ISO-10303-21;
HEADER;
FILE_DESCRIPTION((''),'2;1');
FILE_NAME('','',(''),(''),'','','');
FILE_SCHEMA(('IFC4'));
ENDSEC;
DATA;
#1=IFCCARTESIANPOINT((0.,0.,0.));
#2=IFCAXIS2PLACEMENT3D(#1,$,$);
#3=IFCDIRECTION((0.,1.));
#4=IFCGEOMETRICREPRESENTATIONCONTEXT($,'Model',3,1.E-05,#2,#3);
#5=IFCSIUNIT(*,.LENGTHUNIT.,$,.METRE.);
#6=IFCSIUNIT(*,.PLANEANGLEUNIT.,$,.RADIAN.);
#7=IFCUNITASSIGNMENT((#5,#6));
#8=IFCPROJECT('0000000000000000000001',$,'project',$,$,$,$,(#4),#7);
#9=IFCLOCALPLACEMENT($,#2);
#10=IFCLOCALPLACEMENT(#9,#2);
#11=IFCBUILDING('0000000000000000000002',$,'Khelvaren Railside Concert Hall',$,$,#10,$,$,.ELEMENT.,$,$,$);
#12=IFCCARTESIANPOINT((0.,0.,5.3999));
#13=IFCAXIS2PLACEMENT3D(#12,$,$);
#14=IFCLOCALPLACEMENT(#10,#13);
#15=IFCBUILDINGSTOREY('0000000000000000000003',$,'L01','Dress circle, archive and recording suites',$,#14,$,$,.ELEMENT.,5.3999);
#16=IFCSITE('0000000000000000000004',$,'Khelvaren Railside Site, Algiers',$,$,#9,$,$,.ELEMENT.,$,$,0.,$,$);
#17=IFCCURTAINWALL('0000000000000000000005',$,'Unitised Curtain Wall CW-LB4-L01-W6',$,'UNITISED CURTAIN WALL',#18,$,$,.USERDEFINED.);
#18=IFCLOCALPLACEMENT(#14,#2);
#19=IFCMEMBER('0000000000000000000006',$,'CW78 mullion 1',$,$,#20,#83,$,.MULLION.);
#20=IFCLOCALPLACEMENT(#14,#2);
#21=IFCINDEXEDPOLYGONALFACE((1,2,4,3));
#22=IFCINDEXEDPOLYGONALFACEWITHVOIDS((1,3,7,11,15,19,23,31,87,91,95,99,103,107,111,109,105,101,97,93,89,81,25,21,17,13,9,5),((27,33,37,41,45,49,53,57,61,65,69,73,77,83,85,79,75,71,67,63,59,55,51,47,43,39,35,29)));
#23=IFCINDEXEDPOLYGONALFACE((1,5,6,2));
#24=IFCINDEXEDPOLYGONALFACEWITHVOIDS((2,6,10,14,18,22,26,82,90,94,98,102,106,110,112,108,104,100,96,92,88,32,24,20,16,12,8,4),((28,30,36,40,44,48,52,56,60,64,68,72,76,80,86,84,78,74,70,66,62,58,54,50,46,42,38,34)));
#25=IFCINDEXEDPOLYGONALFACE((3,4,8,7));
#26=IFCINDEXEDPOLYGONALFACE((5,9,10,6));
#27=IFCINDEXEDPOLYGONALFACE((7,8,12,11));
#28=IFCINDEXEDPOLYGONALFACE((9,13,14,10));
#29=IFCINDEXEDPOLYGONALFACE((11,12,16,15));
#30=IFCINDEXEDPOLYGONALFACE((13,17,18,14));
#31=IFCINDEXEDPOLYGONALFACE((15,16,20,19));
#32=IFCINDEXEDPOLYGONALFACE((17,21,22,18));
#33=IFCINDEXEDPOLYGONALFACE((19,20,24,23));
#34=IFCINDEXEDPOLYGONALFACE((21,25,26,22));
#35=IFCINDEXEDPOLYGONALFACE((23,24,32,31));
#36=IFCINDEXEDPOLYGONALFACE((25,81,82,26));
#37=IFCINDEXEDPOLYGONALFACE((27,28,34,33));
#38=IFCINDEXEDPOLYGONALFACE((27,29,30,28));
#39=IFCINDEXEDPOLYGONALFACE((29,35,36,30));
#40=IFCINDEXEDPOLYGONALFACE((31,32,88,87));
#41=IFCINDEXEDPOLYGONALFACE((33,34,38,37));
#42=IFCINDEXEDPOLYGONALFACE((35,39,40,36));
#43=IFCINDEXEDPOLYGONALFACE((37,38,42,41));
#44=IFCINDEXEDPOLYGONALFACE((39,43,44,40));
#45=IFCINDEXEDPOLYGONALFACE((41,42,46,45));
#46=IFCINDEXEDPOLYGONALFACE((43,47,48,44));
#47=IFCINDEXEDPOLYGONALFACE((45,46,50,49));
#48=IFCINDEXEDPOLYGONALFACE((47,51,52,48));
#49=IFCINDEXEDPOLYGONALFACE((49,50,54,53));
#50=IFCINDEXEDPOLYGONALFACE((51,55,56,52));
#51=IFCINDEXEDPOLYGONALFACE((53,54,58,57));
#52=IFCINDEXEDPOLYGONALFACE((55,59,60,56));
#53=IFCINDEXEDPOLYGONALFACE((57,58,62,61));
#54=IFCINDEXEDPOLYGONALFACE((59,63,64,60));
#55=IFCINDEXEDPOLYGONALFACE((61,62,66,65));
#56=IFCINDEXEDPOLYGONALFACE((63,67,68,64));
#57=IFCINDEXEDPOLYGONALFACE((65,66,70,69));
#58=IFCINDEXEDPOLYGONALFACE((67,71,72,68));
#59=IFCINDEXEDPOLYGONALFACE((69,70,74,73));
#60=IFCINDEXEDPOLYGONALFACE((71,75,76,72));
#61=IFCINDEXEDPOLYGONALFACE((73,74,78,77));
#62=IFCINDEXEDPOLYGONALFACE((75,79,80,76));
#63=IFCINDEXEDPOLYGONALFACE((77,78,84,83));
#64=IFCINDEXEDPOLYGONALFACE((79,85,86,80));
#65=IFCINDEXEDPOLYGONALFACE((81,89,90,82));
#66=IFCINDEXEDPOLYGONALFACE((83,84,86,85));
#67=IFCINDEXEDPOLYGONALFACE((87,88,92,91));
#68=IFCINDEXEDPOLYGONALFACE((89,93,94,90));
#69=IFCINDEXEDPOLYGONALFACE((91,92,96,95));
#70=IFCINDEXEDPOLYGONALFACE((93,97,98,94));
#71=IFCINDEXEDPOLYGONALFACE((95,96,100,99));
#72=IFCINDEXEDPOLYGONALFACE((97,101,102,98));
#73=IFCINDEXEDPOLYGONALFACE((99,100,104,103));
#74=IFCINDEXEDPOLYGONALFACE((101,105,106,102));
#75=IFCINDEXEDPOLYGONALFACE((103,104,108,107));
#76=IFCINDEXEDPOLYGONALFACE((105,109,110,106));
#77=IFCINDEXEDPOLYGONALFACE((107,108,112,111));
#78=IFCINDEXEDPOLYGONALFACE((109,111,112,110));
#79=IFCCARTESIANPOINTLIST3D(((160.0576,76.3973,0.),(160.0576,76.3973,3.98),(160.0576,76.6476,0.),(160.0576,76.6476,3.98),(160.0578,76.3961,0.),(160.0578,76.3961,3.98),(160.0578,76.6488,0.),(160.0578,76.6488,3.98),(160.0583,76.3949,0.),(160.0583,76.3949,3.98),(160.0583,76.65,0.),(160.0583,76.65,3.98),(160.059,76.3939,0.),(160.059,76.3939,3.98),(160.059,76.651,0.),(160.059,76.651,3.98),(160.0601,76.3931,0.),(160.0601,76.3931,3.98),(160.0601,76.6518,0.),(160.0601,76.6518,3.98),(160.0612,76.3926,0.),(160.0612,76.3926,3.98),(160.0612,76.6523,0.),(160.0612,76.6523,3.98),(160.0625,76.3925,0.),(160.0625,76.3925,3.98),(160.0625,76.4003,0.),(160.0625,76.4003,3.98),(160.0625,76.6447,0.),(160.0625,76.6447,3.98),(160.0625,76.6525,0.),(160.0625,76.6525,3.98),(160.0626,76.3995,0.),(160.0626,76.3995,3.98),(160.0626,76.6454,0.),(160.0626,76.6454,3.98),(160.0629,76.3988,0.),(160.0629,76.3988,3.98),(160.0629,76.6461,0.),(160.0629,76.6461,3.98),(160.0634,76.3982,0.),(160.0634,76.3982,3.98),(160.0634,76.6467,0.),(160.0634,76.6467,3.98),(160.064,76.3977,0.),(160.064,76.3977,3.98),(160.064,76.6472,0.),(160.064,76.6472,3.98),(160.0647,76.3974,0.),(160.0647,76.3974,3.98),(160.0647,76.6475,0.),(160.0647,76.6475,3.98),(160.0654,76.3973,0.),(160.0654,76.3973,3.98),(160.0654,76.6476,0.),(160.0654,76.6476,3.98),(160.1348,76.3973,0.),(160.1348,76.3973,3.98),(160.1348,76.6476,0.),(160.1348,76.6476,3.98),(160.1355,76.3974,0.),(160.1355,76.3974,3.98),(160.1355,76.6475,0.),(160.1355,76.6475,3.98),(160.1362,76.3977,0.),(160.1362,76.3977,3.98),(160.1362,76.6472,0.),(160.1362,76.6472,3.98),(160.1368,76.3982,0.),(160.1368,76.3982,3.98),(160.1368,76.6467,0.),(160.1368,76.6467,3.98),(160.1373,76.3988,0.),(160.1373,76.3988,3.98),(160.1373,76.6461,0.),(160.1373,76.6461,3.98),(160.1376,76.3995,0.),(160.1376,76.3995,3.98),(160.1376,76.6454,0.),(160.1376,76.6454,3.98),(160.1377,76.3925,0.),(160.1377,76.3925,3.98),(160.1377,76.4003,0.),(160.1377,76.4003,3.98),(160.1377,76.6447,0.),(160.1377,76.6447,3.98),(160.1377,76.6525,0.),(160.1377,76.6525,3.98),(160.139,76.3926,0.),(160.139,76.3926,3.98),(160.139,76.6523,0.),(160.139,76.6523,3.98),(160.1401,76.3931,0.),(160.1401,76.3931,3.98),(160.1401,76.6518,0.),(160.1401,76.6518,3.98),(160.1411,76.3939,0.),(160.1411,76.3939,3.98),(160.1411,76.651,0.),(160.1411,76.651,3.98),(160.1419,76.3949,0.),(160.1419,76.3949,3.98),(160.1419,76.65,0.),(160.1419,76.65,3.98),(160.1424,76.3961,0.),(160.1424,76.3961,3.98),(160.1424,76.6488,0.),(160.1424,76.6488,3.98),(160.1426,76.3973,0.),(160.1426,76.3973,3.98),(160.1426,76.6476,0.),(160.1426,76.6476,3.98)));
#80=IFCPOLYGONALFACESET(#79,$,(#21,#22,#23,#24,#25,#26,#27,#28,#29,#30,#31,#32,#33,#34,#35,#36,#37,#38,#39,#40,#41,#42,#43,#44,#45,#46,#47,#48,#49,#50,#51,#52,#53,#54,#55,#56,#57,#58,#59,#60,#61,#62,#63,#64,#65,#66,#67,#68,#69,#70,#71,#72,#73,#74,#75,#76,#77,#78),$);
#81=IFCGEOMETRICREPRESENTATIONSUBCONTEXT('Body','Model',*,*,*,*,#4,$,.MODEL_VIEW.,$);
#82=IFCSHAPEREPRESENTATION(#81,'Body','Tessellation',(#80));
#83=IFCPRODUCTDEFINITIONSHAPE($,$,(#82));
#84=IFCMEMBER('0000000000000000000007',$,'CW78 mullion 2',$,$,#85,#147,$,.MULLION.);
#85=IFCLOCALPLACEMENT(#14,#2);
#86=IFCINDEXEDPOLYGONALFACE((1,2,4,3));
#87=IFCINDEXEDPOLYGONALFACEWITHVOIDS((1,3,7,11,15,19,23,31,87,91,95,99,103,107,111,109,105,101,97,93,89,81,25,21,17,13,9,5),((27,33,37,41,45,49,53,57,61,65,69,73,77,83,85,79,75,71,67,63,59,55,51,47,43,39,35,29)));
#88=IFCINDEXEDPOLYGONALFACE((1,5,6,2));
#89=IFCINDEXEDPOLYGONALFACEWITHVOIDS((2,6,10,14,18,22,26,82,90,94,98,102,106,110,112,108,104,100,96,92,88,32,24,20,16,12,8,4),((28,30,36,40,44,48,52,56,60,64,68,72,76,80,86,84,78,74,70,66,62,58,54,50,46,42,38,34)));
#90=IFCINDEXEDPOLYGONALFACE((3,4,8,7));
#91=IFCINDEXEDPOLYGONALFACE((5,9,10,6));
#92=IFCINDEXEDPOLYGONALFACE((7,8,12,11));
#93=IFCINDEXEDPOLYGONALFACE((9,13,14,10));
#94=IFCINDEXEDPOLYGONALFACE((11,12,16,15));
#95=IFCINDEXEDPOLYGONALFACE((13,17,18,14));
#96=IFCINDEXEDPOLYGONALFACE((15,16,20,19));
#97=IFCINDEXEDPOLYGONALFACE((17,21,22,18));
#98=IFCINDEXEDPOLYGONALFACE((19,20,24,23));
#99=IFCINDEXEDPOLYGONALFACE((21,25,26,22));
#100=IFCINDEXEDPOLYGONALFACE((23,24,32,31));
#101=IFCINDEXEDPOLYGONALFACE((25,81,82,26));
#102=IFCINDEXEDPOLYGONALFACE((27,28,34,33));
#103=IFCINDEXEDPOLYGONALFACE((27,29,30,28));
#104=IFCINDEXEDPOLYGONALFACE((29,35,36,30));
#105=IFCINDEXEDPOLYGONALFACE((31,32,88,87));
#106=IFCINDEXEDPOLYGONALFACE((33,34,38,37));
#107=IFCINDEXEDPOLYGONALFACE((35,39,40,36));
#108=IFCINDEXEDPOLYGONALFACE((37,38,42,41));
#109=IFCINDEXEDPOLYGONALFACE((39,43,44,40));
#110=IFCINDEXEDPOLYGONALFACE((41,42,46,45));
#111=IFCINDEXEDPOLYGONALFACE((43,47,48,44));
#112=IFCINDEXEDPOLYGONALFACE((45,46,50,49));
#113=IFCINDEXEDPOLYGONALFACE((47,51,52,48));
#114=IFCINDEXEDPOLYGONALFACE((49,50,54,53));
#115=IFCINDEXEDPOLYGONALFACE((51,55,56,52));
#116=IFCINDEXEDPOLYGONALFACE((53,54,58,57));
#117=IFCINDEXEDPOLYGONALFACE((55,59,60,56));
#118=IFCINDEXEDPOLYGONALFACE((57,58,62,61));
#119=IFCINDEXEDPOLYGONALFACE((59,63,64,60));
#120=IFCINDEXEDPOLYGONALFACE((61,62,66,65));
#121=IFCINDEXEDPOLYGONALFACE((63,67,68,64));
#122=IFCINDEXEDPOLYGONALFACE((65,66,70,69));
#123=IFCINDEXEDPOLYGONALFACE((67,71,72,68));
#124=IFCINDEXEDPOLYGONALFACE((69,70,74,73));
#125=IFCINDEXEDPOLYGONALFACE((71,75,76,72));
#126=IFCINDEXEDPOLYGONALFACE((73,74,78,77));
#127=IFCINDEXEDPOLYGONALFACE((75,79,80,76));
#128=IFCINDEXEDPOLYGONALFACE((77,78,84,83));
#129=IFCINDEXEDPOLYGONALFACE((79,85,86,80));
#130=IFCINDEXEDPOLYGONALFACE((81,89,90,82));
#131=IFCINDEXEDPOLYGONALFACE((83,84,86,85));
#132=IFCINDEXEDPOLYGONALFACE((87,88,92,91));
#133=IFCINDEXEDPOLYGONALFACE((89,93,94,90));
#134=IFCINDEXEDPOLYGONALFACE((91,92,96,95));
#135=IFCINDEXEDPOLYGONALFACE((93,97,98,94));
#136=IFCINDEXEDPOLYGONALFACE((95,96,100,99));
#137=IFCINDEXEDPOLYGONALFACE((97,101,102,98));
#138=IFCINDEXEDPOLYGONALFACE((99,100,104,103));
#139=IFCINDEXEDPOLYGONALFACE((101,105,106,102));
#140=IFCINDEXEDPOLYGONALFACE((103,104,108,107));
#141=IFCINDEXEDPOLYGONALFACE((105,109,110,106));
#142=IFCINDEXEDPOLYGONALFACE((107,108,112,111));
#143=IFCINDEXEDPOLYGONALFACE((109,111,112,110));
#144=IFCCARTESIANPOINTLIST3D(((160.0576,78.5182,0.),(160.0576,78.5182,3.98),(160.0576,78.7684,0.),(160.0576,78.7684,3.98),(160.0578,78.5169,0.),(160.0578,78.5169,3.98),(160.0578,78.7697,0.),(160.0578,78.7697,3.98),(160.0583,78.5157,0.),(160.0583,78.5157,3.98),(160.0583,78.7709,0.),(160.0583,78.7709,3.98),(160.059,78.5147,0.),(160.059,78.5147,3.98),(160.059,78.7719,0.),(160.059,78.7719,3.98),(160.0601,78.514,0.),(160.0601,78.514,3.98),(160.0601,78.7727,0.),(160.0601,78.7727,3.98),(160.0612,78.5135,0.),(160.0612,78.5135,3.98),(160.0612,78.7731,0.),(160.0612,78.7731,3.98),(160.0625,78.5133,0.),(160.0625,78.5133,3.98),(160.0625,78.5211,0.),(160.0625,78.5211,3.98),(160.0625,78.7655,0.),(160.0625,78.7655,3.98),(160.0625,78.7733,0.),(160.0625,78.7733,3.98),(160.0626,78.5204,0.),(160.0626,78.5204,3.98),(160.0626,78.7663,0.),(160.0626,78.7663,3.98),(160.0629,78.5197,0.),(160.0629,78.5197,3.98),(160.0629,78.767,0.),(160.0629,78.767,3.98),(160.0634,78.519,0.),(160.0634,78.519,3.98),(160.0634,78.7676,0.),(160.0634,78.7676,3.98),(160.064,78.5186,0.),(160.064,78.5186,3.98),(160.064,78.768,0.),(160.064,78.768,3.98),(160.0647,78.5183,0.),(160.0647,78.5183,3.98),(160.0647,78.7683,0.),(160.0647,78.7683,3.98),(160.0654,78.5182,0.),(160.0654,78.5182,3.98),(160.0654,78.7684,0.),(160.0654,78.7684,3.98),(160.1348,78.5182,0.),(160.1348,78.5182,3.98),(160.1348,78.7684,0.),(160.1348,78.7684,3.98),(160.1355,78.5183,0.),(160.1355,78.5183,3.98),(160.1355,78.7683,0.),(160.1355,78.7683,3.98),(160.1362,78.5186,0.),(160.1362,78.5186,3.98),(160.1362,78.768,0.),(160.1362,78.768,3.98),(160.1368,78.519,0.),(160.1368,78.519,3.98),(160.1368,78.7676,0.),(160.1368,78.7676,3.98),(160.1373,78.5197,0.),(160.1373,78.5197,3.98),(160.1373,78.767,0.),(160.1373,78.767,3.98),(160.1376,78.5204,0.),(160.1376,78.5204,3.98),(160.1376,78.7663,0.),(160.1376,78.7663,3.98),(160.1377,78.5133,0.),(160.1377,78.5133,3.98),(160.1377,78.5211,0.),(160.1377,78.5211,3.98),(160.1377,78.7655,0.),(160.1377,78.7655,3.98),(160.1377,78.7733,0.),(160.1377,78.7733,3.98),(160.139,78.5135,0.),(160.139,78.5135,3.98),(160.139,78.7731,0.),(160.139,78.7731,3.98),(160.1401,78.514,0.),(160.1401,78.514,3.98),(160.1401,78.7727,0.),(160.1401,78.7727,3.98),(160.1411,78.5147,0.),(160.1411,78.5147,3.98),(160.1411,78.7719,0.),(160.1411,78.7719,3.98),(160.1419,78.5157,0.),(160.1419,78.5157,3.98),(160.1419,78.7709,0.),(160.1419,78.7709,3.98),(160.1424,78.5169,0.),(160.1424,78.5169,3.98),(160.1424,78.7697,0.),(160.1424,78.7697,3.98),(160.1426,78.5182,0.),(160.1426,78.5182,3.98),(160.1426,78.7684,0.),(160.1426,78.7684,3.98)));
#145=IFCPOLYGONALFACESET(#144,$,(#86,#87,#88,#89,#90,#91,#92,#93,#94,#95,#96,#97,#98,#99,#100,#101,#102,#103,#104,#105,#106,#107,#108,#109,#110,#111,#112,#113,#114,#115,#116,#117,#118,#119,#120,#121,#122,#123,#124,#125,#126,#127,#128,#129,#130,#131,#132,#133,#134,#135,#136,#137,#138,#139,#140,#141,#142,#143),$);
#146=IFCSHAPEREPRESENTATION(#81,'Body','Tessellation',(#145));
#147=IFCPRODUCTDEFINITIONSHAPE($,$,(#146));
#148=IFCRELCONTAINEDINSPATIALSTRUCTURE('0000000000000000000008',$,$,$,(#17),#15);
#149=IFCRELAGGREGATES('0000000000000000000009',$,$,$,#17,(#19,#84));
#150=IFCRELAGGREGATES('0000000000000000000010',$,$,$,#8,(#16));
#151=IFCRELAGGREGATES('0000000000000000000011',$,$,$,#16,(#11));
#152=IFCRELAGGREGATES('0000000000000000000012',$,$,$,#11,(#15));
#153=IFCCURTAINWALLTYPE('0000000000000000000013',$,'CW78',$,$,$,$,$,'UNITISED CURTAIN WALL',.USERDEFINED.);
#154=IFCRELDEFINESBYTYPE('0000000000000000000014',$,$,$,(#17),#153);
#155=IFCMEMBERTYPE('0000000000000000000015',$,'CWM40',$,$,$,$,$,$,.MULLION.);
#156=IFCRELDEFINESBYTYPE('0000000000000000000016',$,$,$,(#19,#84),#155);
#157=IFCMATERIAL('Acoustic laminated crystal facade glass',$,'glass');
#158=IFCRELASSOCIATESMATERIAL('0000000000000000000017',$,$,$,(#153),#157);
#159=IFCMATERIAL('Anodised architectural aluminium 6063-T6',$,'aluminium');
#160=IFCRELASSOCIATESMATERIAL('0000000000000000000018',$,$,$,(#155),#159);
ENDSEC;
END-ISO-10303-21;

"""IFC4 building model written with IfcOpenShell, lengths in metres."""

from ifc_helpers import new_model, si_unit, direction, frame, origin, origin_2d, place, context, subcontext, project, spatial, hollow_rectangle, extrude, material, material_profile, profile_set, type_object, element, aggregate, save


model = new_model("IFC4")

# Units and contexts
model_context = context("Model", 3, precision=1e-05, world=origin(), true_north=direction((0.0, 1.0)))
body_context = subcontext(model_context, "Body", "Model", "MODEL_VIEW")
ifc_project = project(units=[si_unit("LENGTHUNIT", "METRE"), si_unit("PLANEANGLEUNIT", "RADIAN")], contexts=[model_context])

# Site, building, storey
site_placement = place(None, origin())
site = spatial("IfcSite", under=ifc_project, at=site_placement, Name="Khelvaren Railside Site, Algiers", CompositionType="ELEMENT", RefElevation=0.0)
building_placement = place(site_placement, origin())
building = spatial("IfcBuilding", under=site, at=building_placement, Name="Khelvaren Railside Concert Hall", CompositionType="ELEMENT")
storey_placement = place(building_placement, frame((0.0, 0.0, 5.3999)))
storey = spatial("IfcBuildingStorey", under=building, at=storey_placement, Name="L01", Description="Dress circle, archive and recording suites", CompositionType="ELEMENT", Elevation=5.3999)

# Curtain wall, members
ifc_material_1 = material(Name="Acoustic laminated crystal facade glass", Category="glass")
curtain_wall_type = type_object("IfcCurtainWallType", Name="CW78", ElementType="UNITISED CURTAIN WALL", PredefinedType="USERDEFINED", material=ifc_material_1)
curtain_wall_placement = place(storey_placement, origin())
curtain_wall = element("IfcCurtainWall", 1, at=curtain_wall_placement, inside=storey, type_object=curtain_wall_type, Name="Unitised Curtain Wall CW-LB4-L01-W6", ObjectType="UNITISED CURTAIN WALL", PredefinedType="USERDEFINED")
ifc_material_2 = material(Name="Anodised architectural aluminium 6063-T6", Category="aluminium")
ifc_material_profile_1 = material_profile(ifc_material_2, hollow_rectangle(XDim=0.085, YDim=0.26, WallThickness=0.0049, InnerFilletRadius=0.0029, OuterFilletRadius=0.0049, at=origin_2d()), Name="CWM 85x260x5")
ifc_profile_set_1 = profile_set([ifc_material_profile_1], Name="Anodised architectural aluminium 6063-T6")
member_type_1 = type_object("IfcMemberType", Name="CWM40", PredefinedType="MULLION", material=ifc_profile_set_1)
member_1_placement = place(storey_placement, frame((160.1001, 76.5225, 0.0), z_axis=(0.0, 0.0, 1.0), x_axis=(-1.0, 0.0, 0.0)))
member_1 = element("IfcMember", 2, at=member_1_placement, type_object=member_type_1, Name="CW78 mullion 1", PredefinedType="MULLION", context=body_context, shape_type="SweptSolid", body=[
    extrude(hollow_rectangle(XDim=0.085, YDim=0.26, WallThickness=0.0049, InnerFilletRadius=0.0029, OuterFilletRadius=0.0049, at=origin_2d()), origin(), (0.0, 0.0, 1.0), 3.98),
])
member_2_placement = place(storey_placement, frame((160.1001, 78.6433, 0.0), z_axis=(0.0, 0.0, 1.0), x_axis=(-1.0, 0.0, 0.0)))
member_2 = element("IfcMember", 3, at=member_2_placement, type_object=member_type_1, Name="CW78 mullion 2", PredefinedType="MULLION", context=body_context, shape_type="SweptSolid", body=[
    extrude(hollow_rectangle(XDim=0.085, YDim=0.26, WallThickness=0.0049, InnerFilletRadius=0.0029, OuterFilletRadius=0.0049, at=origin_2d()), origin(), (0.0, 0.0, 1.0), 3.98),
])

aggregate(curtain_wall, [member_1, member_2])

save(model, "model.ifc")
